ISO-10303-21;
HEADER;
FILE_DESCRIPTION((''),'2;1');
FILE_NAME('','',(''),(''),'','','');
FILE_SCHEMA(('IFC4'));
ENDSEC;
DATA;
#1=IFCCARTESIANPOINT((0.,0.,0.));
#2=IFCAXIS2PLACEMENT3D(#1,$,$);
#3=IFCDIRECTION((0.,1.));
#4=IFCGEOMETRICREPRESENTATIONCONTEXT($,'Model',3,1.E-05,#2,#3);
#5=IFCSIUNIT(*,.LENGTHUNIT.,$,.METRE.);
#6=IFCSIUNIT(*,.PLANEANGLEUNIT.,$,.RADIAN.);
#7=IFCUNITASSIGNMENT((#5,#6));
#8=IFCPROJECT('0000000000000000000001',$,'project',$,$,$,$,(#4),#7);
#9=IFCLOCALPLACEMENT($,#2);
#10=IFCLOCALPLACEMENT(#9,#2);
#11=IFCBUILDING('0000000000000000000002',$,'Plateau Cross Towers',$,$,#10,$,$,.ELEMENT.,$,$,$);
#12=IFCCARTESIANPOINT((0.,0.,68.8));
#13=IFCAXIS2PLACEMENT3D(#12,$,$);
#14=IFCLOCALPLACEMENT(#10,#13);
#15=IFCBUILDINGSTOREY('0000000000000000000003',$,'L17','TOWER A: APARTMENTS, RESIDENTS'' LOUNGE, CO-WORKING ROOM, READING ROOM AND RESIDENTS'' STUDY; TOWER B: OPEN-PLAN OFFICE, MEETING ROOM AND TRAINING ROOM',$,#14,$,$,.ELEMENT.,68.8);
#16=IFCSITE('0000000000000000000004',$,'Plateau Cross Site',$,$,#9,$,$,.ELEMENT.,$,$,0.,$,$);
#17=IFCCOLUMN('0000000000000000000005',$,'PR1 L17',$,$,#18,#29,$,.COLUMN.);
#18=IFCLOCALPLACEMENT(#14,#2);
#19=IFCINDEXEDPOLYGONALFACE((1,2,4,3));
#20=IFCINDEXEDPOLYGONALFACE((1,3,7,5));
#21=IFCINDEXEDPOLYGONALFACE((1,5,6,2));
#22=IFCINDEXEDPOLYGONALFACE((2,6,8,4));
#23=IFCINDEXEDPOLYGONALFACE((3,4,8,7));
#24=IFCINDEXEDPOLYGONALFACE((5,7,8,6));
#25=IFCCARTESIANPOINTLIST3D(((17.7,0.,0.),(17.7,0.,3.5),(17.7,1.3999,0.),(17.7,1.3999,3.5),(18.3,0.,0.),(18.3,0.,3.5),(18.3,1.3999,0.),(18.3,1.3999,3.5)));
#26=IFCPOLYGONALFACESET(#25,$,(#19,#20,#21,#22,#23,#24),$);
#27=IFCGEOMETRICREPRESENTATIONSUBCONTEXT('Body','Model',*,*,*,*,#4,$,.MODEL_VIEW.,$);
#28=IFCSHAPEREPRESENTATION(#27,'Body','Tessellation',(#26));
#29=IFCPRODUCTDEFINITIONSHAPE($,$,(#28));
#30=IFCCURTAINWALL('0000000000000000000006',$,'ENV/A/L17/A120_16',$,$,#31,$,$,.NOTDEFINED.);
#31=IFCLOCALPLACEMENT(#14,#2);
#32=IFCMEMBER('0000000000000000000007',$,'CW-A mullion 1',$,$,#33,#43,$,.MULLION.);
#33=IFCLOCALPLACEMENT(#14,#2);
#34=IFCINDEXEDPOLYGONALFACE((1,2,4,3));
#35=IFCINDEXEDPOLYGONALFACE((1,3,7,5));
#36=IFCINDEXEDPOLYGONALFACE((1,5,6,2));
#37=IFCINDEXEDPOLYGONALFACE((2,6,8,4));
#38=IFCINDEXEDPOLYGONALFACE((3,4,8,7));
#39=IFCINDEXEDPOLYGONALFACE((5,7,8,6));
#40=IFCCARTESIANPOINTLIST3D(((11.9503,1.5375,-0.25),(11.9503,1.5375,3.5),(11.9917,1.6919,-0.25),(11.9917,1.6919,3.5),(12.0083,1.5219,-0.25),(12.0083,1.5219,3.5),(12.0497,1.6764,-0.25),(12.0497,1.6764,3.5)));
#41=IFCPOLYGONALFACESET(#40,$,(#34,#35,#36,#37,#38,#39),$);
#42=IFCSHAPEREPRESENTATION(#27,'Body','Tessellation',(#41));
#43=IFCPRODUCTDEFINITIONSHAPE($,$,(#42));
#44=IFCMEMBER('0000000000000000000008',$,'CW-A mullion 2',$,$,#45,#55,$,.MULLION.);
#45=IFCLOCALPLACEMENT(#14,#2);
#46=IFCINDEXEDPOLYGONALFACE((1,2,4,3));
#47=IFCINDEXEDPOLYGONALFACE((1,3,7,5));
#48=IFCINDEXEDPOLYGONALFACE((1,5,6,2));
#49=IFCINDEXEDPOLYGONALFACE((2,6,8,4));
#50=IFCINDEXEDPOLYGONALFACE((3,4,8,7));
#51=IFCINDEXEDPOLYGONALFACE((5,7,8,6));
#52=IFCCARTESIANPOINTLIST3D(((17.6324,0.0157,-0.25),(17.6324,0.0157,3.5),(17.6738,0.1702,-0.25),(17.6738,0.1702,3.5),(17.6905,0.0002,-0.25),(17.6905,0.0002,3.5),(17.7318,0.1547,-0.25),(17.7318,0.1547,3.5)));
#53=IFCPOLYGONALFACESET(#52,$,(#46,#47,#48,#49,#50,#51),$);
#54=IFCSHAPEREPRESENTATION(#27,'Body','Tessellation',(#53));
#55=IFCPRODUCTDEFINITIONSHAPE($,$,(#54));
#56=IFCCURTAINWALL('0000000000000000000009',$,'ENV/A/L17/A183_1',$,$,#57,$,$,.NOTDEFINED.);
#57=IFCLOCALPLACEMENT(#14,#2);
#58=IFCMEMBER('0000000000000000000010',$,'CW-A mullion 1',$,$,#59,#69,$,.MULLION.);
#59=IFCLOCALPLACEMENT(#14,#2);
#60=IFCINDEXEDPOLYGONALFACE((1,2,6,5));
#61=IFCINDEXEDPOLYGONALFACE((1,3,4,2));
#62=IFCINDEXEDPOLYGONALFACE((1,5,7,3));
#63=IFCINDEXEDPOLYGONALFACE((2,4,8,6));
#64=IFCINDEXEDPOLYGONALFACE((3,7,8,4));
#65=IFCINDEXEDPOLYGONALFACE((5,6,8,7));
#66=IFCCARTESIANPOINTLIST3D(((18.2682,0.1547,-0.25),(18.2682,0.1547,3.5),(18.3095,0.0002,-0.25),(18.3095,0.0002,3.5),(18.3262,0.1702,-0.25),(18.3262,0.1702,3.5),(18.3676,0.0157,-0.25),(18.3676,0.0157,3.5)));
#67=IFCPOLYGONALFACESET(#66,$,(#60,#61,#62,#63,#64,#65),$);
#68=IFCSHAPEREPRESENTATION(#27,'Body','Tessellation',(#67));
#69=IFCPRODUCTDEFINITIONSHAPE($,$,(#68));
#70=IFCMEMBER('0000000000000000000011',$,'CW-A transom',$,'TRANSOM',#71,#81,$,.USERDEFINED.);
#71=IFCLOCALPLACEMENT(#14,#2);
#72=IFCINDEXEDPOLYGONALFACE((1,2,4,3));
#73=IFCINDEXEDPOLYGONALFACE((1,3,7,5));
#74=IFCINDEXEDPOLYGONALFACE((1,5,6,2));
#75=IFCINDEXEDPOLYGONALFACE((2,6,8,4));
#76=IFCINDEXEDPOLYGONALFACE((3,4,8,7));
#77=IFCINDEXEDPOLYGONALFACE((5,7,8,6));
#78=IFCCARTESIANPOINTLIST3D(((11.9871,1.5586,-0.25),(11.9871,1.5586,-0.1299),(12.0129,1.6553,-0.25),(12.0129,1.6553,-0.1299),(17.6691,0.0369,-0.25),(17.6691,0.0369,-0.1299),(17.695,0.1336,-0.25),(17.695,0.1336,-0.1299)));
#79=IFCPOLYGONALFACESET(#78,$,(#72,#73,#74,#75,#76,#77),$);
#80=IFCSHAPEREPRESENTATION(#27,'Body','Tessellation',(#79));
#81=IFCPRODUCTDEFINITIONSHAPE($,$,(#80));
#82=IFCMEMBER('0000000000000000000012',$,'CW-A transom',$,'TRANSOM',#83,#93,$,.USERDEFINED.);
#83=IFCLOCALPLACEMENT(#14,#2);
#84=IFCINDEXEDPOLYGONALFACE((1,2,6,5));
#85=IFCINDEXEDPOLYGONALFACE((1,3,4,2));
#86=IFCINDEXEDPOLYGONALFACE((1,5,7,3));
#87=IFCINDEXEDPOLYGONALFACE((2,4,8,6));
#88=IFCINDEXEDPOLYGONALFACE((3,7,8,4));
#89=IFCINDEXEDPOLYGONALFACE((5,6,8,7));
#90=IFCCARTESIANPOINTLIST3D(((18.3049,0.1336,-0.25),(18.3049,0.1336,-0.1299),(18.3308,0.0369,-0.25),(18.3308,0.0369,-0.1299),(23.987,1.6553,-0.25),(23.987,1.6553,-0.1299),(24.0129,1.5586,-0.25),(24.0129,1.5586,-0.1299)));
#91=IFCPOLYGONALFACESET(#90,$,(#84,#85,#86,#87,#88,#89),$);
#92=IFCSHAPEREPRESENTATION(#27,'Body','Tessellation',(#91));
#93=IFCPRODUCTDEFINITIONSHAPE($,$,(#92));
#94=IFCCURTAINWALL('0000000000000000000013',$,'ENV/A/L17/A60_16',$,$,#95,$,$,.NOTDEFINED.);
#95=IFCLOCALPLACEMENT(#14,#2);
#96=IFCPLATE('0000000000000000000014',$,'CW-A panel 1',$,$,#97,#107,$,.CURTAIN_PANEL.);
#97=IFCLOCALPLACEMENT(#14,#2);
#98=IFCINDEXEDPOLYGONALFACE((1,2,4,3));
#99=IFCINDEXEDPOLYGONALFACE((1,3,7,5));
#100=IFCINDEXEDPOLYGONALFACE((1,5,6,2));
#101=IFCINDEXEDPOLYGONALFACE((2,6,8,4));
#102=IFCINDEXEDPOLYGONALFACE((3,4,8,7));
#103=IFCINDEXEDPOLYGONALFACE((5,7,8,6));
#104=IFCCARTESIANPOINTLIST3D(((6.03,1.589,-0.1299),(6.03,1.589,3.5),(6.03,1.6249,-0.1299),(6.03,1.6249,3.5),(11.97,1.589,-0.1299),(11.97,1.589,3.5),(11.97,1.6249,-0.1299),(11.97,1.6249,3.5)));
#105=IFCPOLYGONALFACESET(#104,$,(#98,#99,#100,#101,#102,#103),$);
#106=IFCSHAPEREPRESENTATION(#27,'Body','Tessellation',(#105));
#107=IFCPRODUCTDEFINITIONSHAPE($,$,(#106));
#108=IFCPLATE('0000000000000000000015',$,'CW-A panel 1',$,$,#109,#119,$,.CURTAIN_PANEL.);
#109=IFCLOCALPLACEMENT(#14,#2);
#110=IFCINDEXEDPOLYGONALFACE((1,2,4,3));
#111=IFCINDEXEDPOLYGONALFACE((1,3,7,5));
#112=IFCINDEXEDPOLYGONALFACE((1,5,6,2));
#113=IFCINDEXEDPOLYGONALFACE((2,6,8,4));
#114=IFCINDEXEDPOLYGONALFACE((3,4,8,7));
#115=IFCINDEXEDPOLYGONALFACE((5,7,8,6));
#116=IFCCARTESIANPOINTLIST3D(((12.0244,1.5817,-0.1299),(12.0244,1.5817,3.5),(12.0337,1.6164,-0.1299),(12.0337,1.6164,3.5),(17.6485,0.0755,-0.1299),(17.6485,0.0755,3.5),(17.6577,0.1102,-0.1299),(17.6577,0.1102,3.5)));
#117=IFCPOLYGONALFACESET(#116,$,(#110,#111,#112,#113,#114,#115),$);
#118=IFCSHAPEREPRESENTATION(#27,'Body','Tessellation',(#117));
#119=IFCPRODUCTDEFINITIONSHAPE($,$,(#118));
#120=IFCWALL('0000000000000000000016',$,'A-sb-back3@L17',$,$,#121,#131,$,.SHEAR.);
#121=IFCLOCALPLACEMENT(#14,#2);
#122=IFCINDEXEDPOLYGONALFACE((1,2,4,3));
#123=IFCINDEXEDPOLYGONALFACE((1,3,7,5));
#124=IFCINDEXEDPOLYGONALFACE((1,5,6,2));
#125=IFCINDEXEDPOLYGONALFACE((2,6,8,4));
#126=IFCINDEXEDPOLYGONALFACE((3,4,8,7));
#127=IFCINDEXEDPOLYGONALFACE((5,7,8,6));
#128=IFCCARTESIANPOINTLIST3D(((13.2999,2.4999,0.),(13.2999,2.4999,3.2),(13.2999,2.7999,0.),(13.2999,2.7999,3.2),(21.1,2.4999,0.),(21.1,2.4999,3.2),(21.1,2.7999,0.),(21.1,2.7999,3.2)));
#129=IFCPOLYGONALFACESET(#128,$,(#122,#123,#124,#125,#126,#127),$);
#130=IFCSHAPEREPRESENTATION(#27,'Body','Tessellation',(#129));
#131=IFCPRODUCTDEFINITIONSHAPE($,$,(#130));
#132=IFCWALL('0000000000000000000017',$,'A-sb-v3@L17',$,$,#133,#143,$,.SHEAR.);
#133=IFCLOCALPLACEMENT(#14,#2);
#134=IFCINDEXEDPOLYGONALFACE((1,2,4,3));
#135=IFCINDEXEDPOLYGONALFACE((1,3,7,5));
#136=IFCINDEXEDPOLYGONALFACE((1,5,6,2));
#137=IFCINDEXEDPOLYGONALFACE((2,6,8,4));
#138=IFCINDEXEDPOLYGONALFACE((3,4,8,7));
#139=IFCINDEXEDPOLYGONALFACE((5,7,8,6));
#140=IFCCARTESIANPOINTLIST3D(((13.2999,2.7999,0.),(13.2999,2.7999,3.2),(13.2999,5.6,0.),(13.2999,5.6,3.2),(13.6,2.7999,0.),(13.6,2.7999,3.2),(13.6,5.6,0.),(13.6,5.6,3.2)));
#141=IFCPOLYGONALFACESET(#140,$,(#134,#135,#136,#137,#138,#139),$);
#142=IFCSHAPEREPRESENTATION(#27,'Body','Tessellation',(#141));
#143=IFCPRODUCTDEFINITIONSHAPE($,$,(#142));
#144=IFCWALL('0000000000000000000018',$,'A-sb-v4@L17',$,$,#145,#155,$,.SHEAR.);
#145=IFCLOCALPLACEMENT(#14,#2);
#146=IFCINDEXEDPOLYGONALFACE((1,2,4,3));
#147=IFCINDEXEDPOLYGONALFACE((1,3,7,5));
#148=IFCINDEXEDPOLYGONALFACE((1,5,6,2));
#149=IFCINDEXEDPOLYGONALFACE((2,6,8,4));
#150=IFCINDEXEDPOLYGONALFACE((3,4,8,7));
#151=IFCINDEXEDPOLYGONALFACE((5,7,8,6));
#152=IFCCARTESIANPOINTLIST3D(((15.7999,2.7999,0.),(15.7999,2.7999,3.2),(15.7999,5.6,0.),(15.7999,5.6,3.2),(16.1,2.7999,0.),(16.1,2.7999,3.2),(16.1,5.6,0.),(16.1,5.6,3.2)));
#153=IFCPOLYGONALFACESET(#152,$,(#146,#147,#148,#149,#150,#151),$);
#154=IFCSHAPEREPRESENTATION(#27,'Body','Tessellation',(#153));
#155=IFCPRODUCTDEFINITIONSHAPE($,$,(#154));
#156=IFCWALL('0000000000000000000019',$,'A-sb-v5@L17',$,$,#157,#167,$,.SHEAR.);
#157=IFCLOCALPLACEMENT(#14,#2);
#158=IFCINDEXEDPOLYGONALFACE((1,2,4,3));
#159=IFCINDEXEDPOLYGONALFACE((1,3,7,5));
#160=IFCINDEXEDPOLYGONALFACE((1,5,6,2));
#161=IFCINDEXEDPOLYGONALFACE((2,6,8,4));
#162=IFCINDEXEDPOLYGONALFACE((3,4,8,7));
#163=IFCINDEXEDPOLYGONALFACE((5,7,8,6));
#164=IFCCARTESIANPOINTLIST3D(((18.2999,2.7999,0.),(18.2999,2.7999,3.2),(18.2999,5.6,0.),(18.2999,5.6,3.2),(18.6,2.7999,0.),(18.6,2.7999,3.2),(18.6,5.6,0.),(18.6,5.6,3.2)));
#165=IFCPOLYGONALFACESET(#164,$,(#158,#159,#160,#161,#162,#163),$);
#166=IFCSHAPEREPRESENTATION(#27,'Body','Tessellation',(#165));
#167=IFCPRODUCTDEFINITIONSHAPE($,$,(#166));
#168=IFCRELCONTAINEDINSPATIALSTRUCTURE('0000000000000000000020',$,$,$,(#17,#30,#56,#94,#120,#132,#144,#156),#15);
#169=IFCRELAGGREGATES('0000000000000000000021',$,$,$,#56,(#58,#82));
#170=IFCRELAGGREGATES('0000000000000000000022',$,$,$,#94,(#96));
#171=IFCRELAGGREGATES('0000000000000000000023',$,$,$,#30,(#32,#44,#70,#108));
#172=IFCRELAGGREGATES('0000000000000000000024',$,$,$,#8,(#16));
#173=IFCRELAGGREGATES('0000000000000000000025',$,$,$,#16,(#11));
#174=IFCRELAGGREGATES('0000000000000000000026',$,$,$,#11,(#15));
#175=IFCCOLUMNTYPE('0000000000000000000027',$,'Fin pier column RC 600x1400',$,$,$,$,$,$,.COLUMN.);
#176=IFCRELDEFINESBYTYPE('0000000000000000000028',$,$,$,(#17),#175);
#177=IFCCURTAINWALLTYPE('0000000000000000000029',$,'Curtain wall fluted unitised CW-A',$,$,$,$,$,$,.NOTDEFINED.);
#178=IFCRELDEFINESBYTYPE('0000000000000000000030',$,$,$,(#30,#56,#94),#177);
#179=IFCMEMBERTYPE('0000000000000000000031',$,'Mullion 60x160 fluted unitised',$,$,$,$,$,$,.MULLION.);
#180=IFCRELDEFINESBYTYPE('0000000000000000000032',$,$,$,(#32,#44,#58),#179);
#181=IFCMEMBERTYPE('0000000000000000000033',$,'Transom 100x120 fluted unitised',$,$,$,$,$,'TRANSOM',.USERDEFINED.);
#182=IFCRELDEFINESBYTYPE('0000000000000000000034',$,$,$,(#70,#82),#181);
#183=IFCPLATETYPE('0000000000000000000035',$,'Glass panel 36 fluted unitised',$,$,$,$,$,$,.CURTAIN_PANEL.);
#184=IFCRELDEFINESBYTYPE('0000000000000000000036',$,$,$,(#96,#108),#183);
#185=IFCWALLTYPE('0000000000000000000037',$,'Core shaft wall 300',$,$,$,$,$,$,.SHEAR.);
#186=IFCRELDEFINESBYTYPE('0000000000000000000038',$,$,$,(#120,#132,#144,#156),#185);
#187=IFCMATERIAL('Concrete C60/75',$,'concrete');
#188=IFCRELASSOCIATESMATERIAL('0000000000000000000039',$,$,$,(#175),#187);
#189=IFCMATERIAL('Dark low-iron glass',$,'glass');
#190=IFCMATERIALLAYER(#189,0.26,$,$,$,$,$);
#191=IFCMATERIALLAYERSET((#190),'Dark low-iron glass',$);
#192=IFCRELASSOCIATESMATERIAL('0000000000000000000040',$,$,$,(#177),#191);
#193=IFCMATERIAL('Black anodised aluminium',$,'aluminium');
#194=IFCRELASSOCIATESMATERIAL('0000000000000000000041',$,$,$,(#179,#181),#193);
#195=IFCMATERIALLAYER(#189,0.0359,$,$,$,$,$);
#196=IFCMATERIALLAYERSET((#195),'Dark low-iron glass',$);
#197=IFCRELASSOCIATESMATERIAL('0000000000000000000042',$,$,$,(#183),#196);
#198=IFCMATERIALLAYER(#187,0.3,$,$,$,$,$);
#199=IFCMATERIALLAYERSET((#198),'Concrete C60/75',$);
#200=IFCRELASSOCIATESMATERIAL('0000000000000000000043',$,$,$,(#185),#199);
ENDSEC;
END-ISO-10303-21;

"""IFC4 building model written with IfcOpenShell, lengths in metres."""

from ifc_helpers import new_model, si_unit, direction, frame, frame_2d, origin, origin_2d, place, context, subcontext, project, spatial, rectangle, extrude, material, layer, layer_set, material_profile, profile_set, type_object, element, aggregate, save


model = new_model("IFC4")

# Units and contexts
model_context = context("Model", 3, precision=1e-05, world=origin(), true_north=direction((0.0, 1.0)))
body_context = subcontext(model_context, "Body", "Model", "MODEL_VIEW")
ifc_project = project(units=[si_unit("LENGTHUNIT", "METRE"), si_unit("PLANEANGLEUNIT", "RADIAN")], contexts=[model_context])

# Site, building, storey
site_placement = place(None, origin())
site = spatial("IfcSite", under=ifc_project, at=site_placement, Name="Plateau Cross Site", CompositionType="ELEMENT", RefElevation=0.0)
building_placement = place(site_placement, origin())
building = spatial("IfcBuilding", under=site, at=building_placement, Name="Plateau Cross Towers", CompositionType="ELEMENT")
storey_placement = place(building_placement, frame((0.0, 0.0, 68.8)))
storey = spatial("IfcBuildingStorey", under=building, at=storey_placement, Name="L17", Description="TOWER A: APARTMENTS, RESIDENTS' LOUNGE, CO-WORKING ROOM, READING ROOM AND RESIDENTS' STUDY; TOWER B: OPEN-PLAN OFFICE, MEETING ROOM AND TRAINING ROOM", CompositionType="ELEMENT", Elevation=68.8)

# Column
ifc_material_1 = material(Name="Concrete C60/75", Category="concrete")
ifc_material_profile_1 = material_profile(ifc_material_1, rectangle(XDim=0.6001, YDim=1.3999, at=origin_2d()), Name="RC 600x1400")
ifc_profile_set_1 = profile_set([ifc_material_profile_1], Name="Concrete C60/75")
column_type = type_object("IfcColumnType", Name="Fin pier column RC 600x1400", PredefinedType="COLUMN", material=ifc_profile_set_1)
column_placement = place(storey_placement, frame((18.0, 0.7, 0.0), z_axis=(0.0, 0.0, 1.0), x_axis=(1.0, 0.0, 0.0)))
element("IfcColumn", 1, at=column_placement, inside=storey, type_object=column_type, Name="PR1 L17", PredefinedType="COLUMN", context=body_context, shape_type="SweptSolid", body=[
    extrude(rectangle(XDim=0.6001, YDim=1.3999, at=origin_2d()), origin(), (0.0, 0.0, 1.0), 3.5),
])

# Curtain wall, members
ifc_material_2 = material(Name="Dark low-iron glass", Category="glass")
ifc_layer_1 = layer(ifc_material_2, 0.26)
ifc_layer_set_1 = layer_set([ifc_layer_1], Name="Dark low-iron glass")
curtain_wall_type = type_object("IfcCurtainWallType", Name="Curtain wall fluted unitised CW-A", PredefinedType="NOTDEFINED", material=ifc_layer_set_1)
curtain_wall_1_placement = place(storey_placement, origin())
curtain_wall_1 = element("IfcCurtainWall", 2, at=curtain_wall_1_placement, inside=storey, type_object=curtain_wall_type, Name="ENV/A/L17/A120_16", PredefinedType="NOTDEFINED")
ifc_material_3 = material(Name="Black anodised aluminium", Category="aluminium")
ifc_material_profile_2 = material_profile(ifc_material_3, rectangle(XDim=0.0601, YDim=0.1599, at=origin_2d()), Name="MULLION 60x160")
ifc_profile_set_2 = profile_set([ifc_material_profile_2], Name="Black anodised aluminium")
member_type_1 = type_object("IfcMemberType", Name="Mullion 60x160 fluted unitised", PredefinedType="MULLION", material=ifc_profile_set_2)
member_1_placement = place(storey_placement, frame((12.0, 1.6069, -0.25), z_axis=(0.0, 0.0, 1.0), x_axis=(0.965958, -0.258699, 0.0)))
member_1 = element("IfcMember", 3, at=member_1_placement, type_object=member_type_1, Name="CW-A mullion 1", PredefinedType="MULLION", context=body_context, shape_type="SweptSolid", body=[
    extrude(rectangle(XDim=0.0601, YDim=0.1599, at=origin_2d()), origin(), (0.0, 0.0, 1.0), 3.75),
])
member_2_placement = place(storey_placement, frame((17.6821, 0.0852, -0.25), z_axis=(0.0, 0.0, 1.0), x_axis=(0.965958, -0.258699, 0.0)))
member_2 = element("IfcMember", 4, at=member_2_placement, type_object=member_type_1, Name="CW-A mullion 2", PredefinedType="MULLION", context=body_context, shape_type="SweptSolid", body=[
    extrude(rectangle(XDim=0.0601, YDim=0.1599, at=origin_2d()), origin(), (0.0, 0.0, 1.0), 3.75),
])

# Curtain wall, member
curtain_wall_2_placement = place(storey_placement, origin())
curtain_wall_2 = element("IfcCurtainWall", 5, at=curtain_wall_2_placement, inside=storey, type_object=curtain_wall_type, Name="ENV/A/L17/A183_1", PredefinedType="NOTDEFINED")
member_3_placement = place(storey_placement, frame((18.3179, 0.0852, -0.25), z_axis=(0.0, 0.0, 1.0), x_axis=(0.965958, 0.258699, 0.0)))
member_3 = element("IfcMember", 6, at=member_3_placement, type_object=member_type_1, Name="CW-A mullion 1", PredefinedType="MULLION", context=body_context, shape_type="SweptSolid", body=[
    extrude(rectangle(XDim=0.0601, YDim=0.1599, at=origin_2d()), origin(), (0.0, 0.0, 1.0), 3.75),
])

# Members
ifc_material_profile_3 = material_profile(ifc_material_3, rectangle(XDim=0.1001, YDim=0.1201, at=origin_2d()), Name="TRANSOM 100x120")
ifc_profile_set_3 = profile_set([ifc_material_profile_3], Name="Black anodised aluminium")
member_type_2 = type_object("IfcMemberType", Name="Transom 100x120 fluted unitised", ElementType="TRANSOM", PredefinedType="USERDEFINED", material=ifc_profile_set_3)
member_4_placement = place(storey_placement, frame((12.0, 1.6069, -0.1899), z_axis=(0.96596, -0.258693, 0.0), x_axis=(0.258693, 0.96596, 0.0)))
member_4 = element("IfcMember", 7, at=member_4_placement, type_object=member_type_2, Name="CW-A transom", ObjectType="TRANSOM", PredefinedType="USERDEFINED", context=body_context, shape_type="SweptSolid", body=[
    extrude(rectangle(XDim=0.1001, YDim=0.1201, at=origin_2d()), origin(), (0.0, 0.0, 1.0), 5.8823),
])
member_5_placement = place(storey_placement, frame((18.3179, 0.0852, -0.1899), z_axis=(0.96596, 0.258693, 0.0), x_axis=(-0.258693, 0.96596, 0.0)))
member_5 = element("IfcMember", 8, at=member_5_placement, type_object=member_type_2, Name="CW-A transom", ObjectType="TRANSOM", PredefinedType="USERDEFINED", context=body_context, shape_type="SweptSolid", body=[
    extrude(rectangle(XDim=0.1001, YDim=0.1201, at=origin_2d()), origin(), (0.0, 0.0, 1.0), 5.8823),
])
aggregate(curtain_wall_2, [member_3, member_5])

# Curtain wall, plate
curtain_wall_3_placement = place(storey_placement, origin())
curtain_wall_3 = element("IfcCurtainWall", 9, at=curtain_wall_3_placement, inside=storey, type_object=curtain_wall_type, Name="ENV/A/L17/A60_16", PredefinedType="NOTDEFINED")
ifc_layer_2 = layer(ifc_material_2, 0.0359)
ifc_layer_set_2 = layer_set([ifc_layer_2], Name="Dark low-iron glass")
plate_type = type_object("IfcPlateType", Name="Glass panel 36 fluted unitised", PredefinedType="CURTAIN_PANEL", material=ifc_layer_set_2)
plate_1_placement = place(storey_placement, frame((9.0, 1.6069, -0.1299), z_axis=(0.0, 0.0, 1.0), x_axis=(1.0, 0.0, 0.0)))
plate_1 = element("IfcPlate", 10, at=plate_1_placement, type_object=plate_type, Name="CW-A panel 1", PredefinedType="CURTAIN_PANEL", context=body_context, shape_type="SweptSolid", body=[
    extrude(rectangle(XDim=5.9399, YDim=0.0359, at=origin_2d()), origin(), (0.0, 0.0, 1.0), 3.6299),
])
aggregate(curtain_wall_3, [plate_1])

# Plate
plate_2_placement = place(storey_placement, frame((14.8411, 0.8459, -0.1299), z_axis=(0.0, 0.0, 1.0), x_axis=(0.965958, -0.258699, 0.0)))
plate_2 = element("IfcPlate", 11, at=plate_2_placement, type_object=plate_type, Name="CW-A panel 1", PredefinedType="CURTAIN_PANEL", context=body_context, shape_type="SweptSolid", body=[
    extrude(rectangle(XDim=5.8223, YDim=0.0359, at=origin_2d()), origin(), (0.0, 0.0, 1.0), 3.6299),
])
aggregate(curtain_wall_1, [member_1, member_2, member_4, plate_2])

# Walls
ifc_layer_3 = layer(ifc_material_1, 0.3)
ifc_layer_set_3 = layer_set([ifc_layer_3], Name="Concrete C60/75")
wall_type = type_object("IfcWallType", Name="Core shaft wall 300", PredefinedType="SHEAR", material=ifc_layer_set_3)
wall_placement = place(storey_placement, frame((13.3, 2.6499, 0.0), z_axis=(0.0, 0.0, 1.0), x_axis=(1.0, 0.0, 0.0)))
element("IfcWall", 12, at=wall_placement, inside=storey, type_object=wall_type, Name="A-sb-back3@L17", PredefinedType="SHEAR", context=body_context, shape_type="SweptSolid", body=[
    extrude(rectangle(XDim=7.8, YDim=0.3, at=frame_2d((3.8999, 0.0))), origin(), (0.0, 0.0, 1.0), 3.2),
])
for number, where, z_axis, x_axis, name in (
    (13, (13.45, 2.8, 0.0), (0.0, 0.0, 1.0), (0.0, 1.0, 0.0), "A-sb-v3@L17"),
    (14, (15.95, 2.8, 0.0), (0.0, 0.0, 1.0), (0.0, 1.0, 0.0), "A-sb-v4@L17"),
    (15, (18.45, 2.8, 0.0), (0.0, 0.0, 1.0), (0.0, 1.0, 0.0), "A-sb-v5@L17"),
):
    element("IfcWall", number, at=place(storey_placement, frame(where, z_axis=z_axis, x_axis=x_axis)), inside=storey, type_object=wall_type, Name=name, PredefinedType="SHEAR", context=body_context, shape_type="SweptSolid", body=[
        extrude(rectangle(XDim=2.8, YDim=0.3, at=frame_2d((1.3999, 0.0))), origin(), (0.0, 0.0, 1.0), 3.2),
    ])

save(model, "model.ifc")
